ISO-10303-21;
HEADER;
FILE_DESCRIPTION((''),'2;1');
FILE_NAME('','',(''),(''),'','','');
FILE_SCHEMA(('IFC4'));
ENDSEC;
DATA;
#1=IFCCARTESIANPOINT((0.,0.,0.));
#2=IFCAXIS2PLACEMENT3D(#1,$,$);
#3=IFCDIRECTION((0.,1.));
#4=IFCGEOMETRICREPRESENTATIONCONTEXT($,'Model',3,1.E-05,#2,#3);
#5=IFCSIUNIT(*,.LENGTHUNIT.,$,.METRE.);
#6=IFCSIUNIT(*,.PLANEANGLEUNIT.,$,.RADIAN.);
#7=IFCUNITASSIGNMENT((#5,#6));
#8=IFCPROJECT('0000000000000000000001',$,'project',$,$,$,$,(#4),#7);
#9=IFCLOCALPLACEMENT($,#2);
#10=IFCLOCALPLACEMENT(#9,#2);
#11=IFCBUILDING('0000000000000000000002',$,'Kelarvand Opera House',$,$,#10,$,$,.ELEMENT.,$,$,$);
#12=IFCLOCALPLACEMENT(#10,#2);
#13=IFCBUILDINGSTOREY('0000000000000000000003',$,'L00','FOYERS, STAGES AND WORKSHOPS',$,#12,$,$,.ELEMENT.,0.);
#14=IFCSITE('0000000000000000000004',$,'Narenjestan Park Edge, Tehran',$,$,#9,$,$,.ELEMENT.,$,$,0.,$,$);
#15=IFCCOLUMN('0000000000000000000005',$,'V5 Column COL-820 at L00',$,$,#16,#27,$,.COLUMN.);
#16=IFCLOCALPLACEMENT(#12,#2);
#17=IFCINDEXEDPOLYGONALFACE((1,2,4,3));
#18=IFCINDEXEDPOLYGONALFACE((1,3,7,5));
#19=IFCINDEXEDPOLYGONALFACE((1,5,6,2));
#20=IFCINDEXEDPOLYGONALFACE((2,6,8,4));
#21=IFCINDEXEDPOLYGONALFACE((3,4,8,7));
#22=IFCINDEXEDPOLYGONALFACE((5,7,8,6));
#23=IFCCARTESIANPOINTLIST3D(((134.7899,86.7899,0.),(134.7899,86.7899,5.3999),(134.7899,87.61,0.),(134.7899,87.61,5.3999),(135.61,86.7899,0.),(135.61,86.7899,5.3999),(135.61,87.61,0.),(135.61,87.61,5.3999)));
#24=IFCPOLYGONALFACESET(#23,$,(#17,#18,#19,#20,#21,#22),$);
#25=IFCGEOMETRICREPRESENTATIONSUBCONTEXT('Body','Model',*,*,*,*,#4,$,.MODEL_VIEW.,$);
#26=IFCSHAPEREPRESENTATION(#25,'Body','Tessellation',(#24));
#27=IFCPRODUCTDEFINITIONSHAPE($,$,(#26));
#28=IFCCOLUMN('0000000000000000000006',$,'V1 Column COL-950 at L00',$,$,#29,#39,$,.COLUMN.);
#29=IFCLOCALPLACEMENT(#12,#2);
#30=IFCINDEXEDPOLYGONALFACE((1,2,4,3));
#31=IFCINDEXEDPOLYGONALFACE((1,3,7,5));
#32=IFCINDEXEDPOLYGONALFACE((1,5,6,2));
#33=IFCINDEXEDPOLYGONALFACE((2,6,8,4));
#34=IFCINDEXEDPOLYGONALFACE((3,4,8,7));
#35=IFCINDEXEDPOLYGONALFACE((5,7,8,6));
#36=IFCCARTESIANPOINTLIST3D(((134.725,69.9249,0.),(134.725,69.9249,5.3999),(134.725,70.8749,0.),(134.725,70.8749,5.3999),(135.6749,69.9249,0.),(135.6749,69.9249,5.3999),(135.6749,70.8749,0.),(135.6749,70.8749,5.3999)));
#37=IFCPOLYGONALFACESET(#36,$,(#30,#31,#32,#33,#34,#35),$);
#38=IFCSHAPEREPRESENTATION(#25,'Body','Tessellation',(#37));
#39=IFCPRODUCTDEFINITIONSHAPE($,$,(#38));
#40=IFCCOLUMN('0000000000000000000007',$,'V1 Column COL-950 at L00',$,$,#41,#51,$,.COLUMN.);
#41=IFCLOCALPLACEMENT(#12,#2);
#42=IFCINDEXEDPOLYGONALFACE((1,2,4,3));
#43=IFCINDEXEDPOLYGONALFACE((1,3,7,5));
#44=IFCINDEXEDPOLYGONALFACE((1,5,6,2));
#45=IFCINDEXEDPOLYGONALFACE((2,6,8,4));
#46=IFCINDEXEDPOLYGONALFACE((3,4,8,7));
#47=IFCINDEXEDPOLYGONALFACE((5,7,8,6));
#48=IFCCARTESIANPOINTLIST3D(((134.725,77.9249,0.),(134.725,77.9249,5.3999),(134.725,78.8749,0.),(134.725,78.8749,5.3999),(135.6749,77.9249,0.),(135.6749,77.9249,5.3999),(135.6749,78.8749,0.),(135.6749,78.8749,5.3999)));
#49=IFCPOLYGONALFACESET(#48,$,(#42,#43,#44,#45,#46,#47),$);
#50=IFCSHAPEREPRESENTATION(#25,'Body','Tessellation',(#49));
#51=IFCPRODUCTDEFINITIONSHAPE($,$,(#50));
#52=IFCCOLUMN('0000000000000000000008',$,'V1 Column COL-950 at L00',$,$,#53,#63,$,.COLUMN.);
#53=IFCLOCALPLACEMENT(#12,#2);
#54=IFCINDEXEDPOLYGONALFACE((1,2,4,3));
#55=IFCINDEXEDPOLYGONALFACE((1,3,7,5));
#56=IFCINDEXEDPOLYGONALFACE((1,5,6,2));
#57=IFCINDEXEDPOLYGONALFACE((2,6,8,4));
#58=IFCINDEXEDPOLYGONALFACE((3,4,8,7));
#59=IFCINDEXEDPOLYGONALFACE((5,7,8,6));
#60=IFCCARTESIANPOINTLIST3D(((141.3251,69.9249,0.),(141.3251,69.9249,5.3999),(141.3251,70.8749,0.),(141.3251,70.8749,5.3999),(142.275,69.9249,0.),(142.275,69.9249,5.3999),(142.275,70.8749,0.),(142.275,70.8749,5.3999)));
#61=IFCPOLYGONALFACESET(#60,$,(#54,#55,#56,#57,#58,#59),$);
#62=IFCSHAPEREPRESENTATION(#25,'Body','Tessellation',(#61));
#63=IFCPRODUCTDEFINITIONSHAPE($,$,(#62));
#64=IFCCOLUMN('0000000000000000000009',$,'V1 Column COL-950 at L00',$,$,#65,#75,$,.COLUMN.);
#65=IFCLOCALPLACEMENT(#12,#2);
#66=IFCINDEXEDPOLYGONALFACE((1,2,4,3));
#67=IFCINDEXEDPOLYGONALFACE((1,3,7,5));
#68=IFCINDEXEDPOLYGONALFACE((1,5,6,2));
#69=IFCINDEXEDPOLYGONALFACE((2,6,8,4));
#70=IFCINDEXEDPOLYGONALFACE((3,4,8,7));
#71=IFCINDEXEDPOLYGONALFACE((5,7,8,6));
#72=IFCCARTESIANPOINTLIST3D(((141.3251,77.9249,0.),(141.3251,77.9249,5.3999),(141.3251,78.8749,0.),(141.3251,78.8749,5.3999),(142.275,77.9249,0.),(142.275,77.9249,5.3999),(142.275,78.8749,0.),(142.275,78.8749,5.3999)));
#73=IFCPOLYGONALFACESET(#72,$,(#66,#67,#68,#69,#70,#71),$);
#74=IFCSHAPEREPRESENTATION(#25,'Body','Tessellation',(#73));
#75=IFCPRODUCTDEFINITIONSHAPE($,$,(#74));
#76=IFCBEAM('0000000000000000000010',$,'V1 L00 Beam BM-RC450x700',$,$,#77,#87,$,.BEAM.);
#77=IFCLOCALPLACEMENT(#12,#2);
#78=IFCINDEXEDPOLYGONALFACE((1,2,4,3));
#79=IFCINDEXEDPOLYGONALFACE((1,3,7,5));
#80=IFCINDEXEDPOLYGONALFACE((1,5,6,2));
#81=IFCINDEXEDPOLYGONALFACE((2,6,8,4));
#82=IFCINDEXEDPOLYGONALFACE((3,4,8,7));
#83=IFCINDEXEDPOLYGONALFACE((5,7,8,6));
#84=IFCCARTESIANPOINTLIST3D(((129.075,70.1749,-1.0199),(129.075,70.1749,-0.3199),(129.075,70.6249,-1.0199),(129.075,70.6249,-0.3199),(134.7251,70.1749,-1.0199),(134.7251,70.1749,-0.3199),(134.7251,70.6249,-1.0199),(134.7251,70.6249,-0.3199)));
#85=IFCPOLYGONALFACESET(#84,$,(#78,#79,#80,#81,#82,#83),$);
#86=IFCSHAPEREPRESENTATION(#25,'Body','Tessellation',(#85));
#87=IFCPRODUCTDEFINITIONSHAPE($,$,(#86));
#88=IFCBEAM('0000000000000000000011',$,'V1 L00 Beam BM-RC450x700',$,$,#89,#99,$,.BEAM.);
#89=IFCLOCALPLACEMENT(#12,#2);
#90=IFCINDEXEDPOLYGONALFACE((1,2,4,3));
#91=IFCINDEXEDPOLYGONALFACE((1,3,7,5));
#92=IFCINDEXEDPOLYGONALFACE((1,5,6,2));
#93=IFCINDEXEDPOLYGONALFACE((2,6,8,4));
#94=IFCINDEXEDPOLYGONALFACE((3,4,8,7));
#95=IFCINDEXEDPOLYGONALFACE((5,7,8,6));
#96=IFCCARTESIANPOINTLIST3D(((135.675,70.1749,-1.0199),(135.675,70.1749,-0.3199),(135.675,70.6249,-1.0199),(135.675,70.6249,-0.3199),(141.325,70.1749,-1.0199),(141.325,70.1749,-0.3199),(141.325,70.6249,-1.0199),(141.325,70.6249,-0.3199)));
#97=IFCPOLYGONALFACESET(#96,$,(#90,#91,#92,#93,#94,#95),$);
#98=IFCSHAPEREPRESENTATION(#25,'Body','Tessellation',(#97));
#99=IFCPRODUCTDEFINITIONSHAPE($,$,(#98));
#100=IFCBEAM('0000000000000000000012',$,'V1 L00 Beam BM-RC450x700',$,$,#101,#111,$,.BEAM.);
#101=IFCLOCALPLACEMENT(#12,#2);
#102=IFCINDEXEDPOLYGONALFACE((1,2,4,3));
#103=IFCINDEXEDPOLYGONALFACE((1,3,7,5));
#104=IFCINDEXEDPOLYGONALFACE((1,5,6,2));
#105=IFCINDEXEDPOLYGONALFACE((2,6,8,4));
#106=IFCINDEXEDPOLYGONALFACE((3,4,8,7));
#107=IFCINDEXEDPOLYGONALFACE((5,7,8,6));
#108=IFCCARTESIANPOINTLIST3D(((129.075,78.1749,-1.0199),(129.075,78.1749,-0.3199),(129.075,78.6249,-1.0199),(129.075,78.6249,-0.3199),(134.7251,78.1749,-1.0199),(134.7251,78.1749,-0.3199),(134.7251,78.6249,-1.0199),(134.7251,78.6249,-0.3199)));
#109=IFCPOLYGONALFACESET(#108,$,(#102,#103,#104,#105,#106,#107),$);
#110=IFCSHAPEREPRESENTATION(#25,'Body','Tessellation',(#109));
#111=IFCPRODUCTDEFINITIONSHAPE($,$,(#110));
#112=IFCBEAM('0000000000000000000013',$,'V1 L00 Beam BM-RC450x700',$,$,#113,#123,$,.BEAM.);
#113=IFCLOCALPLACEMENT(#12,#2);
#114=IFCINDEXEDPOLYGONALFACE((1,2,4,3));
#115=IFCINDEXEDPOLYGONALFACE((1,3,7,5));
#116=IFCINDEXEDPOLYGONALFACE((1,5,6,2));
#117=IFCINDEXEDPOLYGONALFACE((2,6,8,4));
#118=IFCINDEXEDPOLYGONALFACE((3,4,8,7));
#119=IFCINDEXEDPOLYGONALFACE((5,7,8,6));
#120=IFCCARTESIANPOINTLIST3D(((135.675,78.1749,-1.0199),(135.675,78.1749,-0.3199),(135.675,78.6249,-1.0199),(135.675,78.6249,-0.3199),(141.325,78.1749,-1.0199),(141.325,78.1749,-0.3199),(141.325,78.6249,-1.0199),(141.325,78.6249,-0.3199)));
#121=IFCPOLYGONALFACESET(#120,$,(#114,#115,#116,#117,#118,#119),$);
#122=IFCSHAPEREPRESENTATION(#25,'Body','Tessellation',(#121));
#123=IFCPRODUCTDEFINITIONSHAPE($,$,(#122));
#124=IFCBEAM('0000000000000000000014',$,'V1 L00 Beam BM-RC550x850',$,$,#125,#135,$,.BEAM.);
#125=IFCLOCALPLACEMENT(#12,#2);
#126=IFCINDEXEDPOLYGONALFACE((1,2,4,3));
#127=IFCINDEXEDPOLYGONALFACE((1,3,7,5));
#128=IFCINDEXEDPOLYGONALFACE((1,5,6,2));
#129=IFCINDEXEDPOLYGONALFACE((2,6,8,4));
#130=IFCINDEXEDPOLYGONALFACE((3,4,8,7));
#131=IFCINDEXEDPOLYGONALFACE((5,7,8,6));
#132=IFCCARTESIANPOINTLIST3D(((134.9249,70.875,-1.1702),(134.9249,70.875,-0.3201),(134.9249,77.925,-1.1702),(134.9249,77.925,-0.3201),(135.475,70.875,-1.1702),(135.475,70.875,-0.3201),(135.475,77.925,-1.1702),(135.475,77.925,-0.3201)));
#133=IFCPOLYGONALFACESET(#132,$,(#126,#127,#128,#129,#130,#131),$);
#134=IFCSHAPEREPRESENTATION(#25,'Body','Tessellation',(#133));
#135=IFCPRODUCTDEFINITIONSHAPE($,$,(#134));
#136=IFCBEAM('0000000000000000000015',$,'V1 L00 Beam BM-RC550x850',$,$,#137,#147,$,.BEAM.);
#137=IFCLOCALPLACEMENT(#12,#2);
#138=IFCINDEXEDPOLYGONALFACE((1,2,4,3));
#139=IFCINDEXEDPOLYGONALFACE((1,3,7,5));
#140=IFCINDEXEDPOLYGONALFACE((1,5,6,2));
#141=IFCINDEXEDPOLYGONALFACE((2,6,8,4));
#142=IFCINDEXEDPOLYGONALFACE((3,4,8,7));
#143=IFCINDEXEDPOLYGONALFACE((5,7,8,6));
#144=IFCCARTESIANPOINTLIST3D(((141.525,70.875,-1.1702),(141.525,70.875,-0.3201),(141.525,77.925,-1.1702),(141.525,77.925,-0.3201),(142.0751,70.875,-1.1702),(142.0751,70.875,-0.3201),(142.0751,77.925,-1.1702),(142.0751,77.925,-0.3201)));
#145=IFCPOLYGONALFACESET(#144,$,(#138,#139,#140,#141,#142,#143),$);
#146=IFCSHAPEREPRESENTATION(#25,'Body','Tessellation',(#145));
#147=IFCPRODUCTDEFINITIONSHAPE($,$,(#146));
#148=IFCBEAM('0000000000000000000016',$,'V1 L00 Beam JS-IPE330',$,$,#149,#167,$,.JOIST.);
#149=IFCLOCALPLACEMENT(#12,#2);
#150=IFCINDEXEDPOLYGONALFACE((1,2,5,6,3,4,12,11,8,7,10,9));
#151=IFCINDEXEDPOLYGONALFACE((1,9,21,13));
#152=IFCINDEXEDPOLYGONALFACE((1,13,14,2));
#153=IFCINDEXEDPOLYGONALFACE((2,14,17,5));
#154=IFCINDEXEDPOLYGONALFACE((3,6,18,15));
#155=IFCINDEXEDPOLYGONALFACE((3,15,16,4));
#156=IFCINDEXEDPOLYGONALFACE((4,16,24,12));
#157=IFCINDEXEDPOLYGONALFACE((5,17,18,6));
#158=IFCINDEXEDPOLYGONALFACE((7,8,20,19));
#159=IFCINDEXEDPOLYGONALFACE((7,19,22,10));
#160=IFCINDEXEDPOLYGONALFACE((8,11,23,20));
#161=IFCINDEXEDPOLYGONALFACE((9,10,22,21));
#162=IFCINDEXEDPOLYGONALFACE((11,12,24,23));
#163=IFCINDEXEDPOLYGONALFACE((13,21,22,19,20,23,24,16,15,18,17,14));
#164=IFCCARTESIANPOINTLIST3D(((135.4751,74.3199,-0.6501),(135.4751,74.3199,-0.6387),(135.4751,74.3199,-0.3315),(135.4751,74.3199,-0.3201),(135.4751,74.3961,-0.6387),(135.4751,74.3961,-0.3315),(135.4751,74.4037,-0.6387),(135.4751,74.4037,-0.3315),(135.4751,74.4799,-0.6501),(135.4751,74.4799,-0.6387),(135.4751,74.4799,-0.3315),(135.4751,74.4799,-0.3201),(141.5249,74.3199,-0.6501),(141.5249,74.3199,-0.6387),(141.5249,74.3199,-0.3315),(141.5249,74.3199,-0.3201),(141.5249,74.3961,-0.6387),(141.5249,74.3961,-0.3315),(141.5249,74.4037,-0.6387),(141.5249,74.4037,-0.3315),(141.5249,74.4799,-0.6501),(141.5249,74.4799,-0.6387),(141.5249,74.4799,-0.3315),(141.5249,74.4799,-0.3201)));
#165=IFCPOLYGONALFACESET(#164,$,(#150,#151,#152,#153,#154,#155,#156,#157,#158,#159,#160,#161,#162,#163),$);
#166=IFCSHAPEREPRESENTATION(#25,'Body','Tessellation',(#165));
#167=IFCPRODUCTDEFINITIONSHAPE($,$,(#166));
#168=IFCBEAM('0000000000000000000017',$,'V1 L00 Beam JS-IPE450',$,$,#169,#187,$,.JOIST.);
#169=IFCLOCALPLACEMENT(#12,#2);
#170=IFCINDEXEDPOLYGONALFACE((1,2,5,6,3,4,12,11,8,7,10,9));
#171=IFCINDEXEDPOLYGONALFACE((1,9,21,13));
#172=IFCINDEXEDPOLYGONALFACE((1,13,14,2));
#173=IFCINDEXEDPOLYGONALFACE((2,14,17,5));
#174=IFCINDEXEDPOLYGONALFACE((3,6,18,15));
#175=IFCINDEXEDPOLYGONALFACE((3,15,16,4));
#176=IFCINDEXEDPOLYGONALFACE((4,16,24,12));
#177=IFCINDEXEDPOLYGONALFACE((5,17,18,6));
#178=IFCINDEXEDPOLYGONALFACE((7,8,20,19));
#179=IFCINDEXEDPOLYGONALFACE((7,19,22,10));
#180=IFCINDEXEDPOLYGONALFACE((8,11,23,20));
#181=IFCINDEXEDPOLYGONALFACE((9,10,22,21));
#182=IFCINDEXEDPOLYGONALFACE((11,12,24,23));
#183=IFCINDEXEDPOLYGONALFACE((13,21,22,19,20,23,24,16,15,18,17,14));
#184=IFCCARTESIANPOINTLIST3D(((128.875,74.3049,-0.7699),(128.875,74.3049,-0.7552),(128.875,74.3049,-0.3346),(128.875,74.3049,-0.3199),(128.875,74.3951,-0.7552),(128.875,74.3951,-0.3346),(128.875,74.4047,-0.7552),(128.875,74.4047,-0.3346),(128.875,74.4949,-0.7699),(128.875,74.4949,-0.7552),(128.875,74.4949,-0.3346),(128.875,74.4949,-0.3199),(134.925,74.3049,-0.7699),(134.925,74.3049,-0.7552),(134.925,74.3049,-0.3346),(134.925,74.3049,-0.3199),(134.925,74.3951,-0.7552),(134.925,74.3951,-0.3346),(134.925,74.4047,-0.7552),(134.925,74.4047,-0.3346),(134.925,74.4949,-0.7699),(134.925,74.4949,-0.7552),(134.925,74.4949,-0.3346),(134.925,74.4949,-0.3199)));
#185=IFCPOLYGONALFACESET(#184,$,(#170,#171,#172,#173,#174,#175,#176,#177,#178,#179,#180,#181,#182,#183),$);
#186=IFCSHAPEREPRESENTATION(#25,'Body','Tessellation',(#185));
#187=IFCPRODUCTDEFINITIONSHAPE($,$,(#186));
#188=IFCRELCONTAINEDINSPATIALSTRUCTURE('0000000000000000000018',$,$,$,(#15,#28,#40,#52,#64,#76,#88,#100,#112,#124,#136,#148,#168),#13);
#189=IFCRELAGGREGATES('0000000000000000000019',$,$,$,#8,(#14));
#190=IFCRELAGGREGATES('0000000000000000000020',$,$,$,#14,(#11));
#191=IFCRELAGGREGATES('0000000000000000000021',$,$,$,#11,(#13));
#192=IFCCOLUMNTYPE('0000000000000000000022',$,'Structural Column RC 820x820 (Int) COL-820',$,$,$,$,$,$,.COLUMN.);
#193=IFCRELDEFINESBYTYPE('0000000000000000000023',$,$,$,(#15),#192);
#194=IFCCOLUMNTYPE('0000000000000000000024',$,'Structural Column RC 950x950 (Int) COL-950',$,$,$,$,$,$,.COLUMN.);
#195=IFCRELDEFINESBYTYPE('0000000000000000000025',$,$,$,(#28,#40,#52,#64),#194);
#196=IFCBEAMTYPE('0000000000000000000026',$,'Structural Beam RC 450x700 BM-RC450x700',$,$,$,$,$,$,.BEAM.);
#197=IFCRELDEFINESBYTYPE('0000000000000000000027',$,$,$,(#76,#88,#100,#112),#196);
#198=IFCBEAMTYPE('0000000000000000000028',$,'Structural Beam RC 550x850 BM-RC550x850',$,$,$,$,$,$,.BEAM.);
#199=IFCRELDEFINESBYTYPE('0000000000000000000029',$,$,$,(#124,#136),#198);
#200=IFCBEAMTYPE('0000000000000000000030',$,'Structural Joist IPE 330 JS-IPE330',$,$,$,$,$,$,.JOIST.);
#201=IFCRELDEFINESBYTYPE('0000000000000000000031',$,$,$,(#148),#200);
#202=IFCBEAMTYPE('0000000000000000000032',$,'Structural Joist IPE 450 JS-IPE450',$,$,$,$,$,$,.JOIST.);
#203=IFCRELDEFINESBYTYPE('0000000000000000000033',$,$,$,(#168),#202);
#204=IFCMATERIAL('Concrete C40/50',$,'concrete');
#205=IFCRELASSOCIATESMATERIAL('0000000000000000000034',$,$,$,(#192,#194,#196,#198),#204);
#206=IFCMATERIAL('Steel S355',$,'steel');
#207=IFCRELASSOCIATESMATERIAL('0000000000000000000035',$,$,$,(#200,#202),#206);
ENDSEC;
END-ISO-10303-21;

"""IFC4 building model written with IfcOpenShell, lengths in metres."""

from ifc_helpers import new_model, si_unit, direction, frame, origin, origin_2d, place, context, subcontext, project, spatial, rectangle, i_section, extrude, material, material_profile, profile_set, type_object, element, save


model = new_model("IFC4")

# Units and contexts
model_context = context("Model", 3, precision=1e-05, world=origin(), true_north=direction((0.0, 1.0)))
body_context = subcontext(model_context, "Body", "Model", "MODEL_VIEW")
ifc_project = project(units=[si_unit("LENGTHUNIT", "METRE"), si_unit("PLANEANGLEUNIT", "RADIAN")], contexts=[model_context])

# Site, building, storey
site_placement = place(None, origin())
site = spatial("IfcSite", under=ifc_project, at=site_placement, Name="Narenjestan Park Edge, Tehran", CompositionType="ELEMENT", RefElevation=0.0)
building_placement = place(site_placement, origin())
building = spatial("IfcBuilding", under=site, at=building_placement, Name="Kelarvand Opera House", CompositionType="ELEMENT")
storey_placement = place(building_placement, origin())
storey = spatial("IfcBuildingStorey", under=building, at=storey_placement, Name="L00", Description="FOYERS, STAGES AND WORKSHOPS", CompositionType="ELEMENT", Elevation=0.0)

# Columns
ifc_material_1 = material(Name="Concrete C40/50", Category="concrete")
ifc_material_profile_1 = material_profile(ifc_material_1, rectangle(XDim=0.8201, YDim=0.8201, at=origin_2d()), Name="RC 820x820", Category="concrete")
ifc_profile_set_1 = profile_set([ifc_material_profile_1], Name="Concrete C40/50")
column_type_1 = type_object("IfcColumnType", Name="Structural Column RC 820x820 (Int) COL-820", PredefinedType="COLUMN", material=ifc_profile_set_1)
column_placement = place(storey_placement, frame((135.2, 87.2, 0.0), z_axis=(0.0, 0.0, 1.0), x_axis=(1.0, 0.0, 0.0)))
element("IfcColumn", 1, at=column_placement, inside=storey, type_object=column_type_1, Name="V5 Column COL-820 at L00", PredefinedType="COLUMN", context=body_context, shape_type="SweptSolid", body=[
    extrude(rectangle(XDim=0.8201, YDim=0.8201, at=origin_2d()), origin(), (0.0, 0.0, 1.0), 5.3999),
])
ifc_material_profile_2 = material_profile(ifc_material_1, rectangle(XDim=0.95, YDim=0.95, at=origin_2d()), Name="RC 950x950", Category="concrete")
ifc_profile_set_2 = profile_set([ifc_material_profile_2], Name="Concrete C40/50")
column_type_2 = type_object("IfcColumnType", Name="Structural Column RC 950x950 (Int) COL-950", PredefinedType="COLUMN", material=ifc_profile_set_2)
for number, where, z_axis, x_axis, name in (
    (2, (135.2, 70.3999, 0.0), (0.0, 0.0, 1.0), (1.0, 0.0, 0.0), "V1 Column COL-950 at L00"),
    (3, (135.2, 78.3999, 0.0), (0.0, 0.0, 1.0), (1.0, 0.0, 0.0), "V1 Column COL-950 at L00"),
    (4, (141.8, 70.3999, 0.0), (0.0, 0.0, 1.0), (1.0, 0.0, 0.0), "V1 Column COL-950 at L00"),
    (5, (141.8, 78.3999, 0.0), (0.0, 0.0, 1.0), (1.0, 0.0, 0.0), "V1 Column COL-950 at L00"),
):
    element("IfcColumn", number, at=place(storey_placement, frame(where, z_axis=z_axis, x_axis=x_axis)), inside=storey, type_object=column_type_2, Name=name, PredefinedType="COLUMN", context=body_context, shape_type="SweptSolid", body=[
        extrude(rectangle(XDim=0.95, YDim=0.95, at=origin_2d()), origin(), (0.0, 0.0, 1.0), 5.3999),
    ])

# Beams
ifc_material_profile_3 = material_profile(ifc_material_1, rectangle(XDim=0.45, YDim=0.7, at=origin_2d()), Name="RC 450x700", Category="concrete")
ifc_profile_set_3 = profile_set([ifc_material_profile_3], Name="Concrete C40/50")
beam_type_1 = type_object("IfcBeamType", Name="Structural Beam RC 450x700 BM-RC450x700", PredefinedType="BEAM", material=ifc_profile_set_3)
beam_1_placement = place(storey_placement, frame((129.075, 70.3999, -0.6699), z_axis=(1.0, 0.0, 0.0), x_axis=(0.0, 1.0, 0.0)))
element("IfcBeam", 6, at=beam_1_placement, inside=storey, type_object=beam_type_1, Name="V1 L00 Beam BM-RC450x700", PredefinedType="BEAM", context=body_context, shape_type="SweptSolid", body=[
    extrude(rectangle(XDim=0.45, YDim=0.7, at=origin_2d()), origin(), (0.0, 0.0, 1.0), 5.6501),
])
beam_2_placement = place(storey_placement, frame((135.675, 70.3999, -0.6699), z_axis=(1.0, 0.0, 0.0), x_axis=(0.0, 1.0, 0.0)))
element("IfcBeam", 7, at=beam_2_placement, inside=storey, type_object=beam_type_1, Name="V1 L00 Beam BM-RC450x700", PredefinedType="BEAM", context=body_context, shape_type="SweptSolid", body=[
    extrude(rectangle(XDim=0.45, YDim=0.7, at=origin_2d()), origin(), (0.0, 0.0, 1.0), 5.6499),
])
beam_3_placement = place(storey_placement, frame((129.075, 78.3999, -0.6699), z_axis=(1.0, 0.0, 0.0), x_axis=(0.0, 1.0, 0.0)))
element("IfcBeam", 8, at=beam_3_placement, inside=storey, type_object=beam_type_1, Name="V1 L00 Beam BM-RC450x700", PredefinedType="BEAM", context=body_context, shape_type="SweptSolid", body=[
    extrude(rectangle(XDim=0.45, YDim=0.7, at=origin_2d()), origin(), (0.0, 0.0, 1.0), 5.6501),
])
beam_4_placement = place(storey_placement, frame((135.675, 78.3999, -0.6699), z_axis=(1.0, 0.0, 0.0), x_axis=(0.0, 1.0, 0.0)))
element("IfcBeam", 9, at=beam_4_placement, inside=storey, type_object=beam_type_1, Name="V1 L00 Beam BM-RC450x700", PredefinedType="BEAM", context=body_context, shape_type="SweptSolid", body=[
    extrude(rectangle(XDim=0.45, YDim=0.7, at=origin_2d()), origin(), (0.0, 0.0, 1.0), 5.6499),
])
ifc_material_profile_4 = material_profile(ifc_material_1, rectangle(XDim=0.55, YDim=0.8501, at=origin_2d()), Name="RC 550x850", Category="concrete")
ifc_profile_set_4 = profile_set([ifc_material_profile_4], Name="Concrete C40/50")
beam_type_2 = type_object("IfcBeamType", Name="Structural Beam RC 550x850 BM-RC550x850", PredefinedType="BEAM", material=ifc_profile_set_4)
for number, where, z_axis, x_axis, name in (
    (10, (135.2, 70.875, -0.7451), (0.0, 1.0, 0.0), (-1.0, 0.0, 0.0), "V1 L00 Beam BM-RC550x850"),
    (11, (141.8, 70.875, -0.7451), (0.0, 1.0, 0.0), (-1.0, 0.0, 0.0), "V1 L00 Beam BM-RC550x850"),
):
    element("IfcBeam", number, at=place(storey_placement, frame(where, z_axis=z_axis, x_axis=x_axis)), inside=storey, type_object=beam_type_2, Name=name, PredefinedType="BEAM", context=body_context, shape_type="SweptSolid", body=[
        extrude(rectangle(XDim=0.55, YDim=0.8501, at=origin_2d()), origin(), (0.0, 0.0, 1.0), 7.05),
    ])
ifc_material_2 = material(Name="Steel S355", Category="steel")
ifc_material_profile_5 = material_profile(ifc_material_2, i_section(OverallWidth=0.1599, OverallDepth=0.3301, WebThickness=0.0076, FlangeThickness=0.0115, at=origin_2d()), Name="IPE 330", Category="steel")
ifc_profile_set_5 = profile_set([ifc_material_profile_5], Name="Steel S355")
beam_type_3 = type_object("IfcBeamType", Name="Structural Joist IPE 330 JS-IPE330", PredefinedType="JOIST", material=ifc_profile_set_5)
beam_5_placement = place(storey_placement, frame((135.4751, 74.3999, -0.4851), z_axis=(1.0, 0.0, 0.0), x_axis=(0.0, 1.0, 0.0)))
element("IfcBeam", 12, at=beam_5_placement, inside=storey, type_object=beam_type_3, Name="V1 L00 Beam JS-IPE330", PredefinedType="JOIST", context=body_context, shape_type="SweptSolid", body=[
    extrude(i_section(OverallWidth=0.1599, OverallDepth=0.3301, WebThickness=0.0076, FlangeThickness=0.0115, at=origin_2d()), origin(), (0.0, 0.0, 1.0), 6.0498),
])
ifc_material_profile_6 = material_profile(ifc_material_2, i_section(OverallWidth=0.1899, OverallDepth=0.45, WebThickness=0.0095, FlangeThickness=0.0146, at=origin_2d()), Name="IPE 450", Category="steel")
ifc_profile_set_6 = profile_set([ifc_material_profile_6], Name="Steel S355")
beam_type_4 = type_object("IfcBeamType", Name="Structural Joist IPE 450 JS-IPE450", PredefinedType="JOIST", material=ifc_profile_set_6)
beam_6_placement = place(storey_placement, frame((128.875, 74.3999, -0.5449), z_axis=(1.0, 0.0, 0.0), x_axis=(0.0, 1.0, 0.0)))
element("IfcBeam", 13, at=beam_6_placement, inside=storey, type_object=beam_type_4, Name="V1 L00 Beam JS-IPE450", PredefinedType="JOIST", context=body_context, shape_type="SweptSolid", body=[
    extrude(i_section(OverallWidth=0.1899, OverallDepth=0.45, WebThickness=0.0095, FlangeThickness=0.0146, at=origin_2d()), origin(), (0.0, 0.0, 1.0), 6.05),
])

save(model, "model.ifc")
